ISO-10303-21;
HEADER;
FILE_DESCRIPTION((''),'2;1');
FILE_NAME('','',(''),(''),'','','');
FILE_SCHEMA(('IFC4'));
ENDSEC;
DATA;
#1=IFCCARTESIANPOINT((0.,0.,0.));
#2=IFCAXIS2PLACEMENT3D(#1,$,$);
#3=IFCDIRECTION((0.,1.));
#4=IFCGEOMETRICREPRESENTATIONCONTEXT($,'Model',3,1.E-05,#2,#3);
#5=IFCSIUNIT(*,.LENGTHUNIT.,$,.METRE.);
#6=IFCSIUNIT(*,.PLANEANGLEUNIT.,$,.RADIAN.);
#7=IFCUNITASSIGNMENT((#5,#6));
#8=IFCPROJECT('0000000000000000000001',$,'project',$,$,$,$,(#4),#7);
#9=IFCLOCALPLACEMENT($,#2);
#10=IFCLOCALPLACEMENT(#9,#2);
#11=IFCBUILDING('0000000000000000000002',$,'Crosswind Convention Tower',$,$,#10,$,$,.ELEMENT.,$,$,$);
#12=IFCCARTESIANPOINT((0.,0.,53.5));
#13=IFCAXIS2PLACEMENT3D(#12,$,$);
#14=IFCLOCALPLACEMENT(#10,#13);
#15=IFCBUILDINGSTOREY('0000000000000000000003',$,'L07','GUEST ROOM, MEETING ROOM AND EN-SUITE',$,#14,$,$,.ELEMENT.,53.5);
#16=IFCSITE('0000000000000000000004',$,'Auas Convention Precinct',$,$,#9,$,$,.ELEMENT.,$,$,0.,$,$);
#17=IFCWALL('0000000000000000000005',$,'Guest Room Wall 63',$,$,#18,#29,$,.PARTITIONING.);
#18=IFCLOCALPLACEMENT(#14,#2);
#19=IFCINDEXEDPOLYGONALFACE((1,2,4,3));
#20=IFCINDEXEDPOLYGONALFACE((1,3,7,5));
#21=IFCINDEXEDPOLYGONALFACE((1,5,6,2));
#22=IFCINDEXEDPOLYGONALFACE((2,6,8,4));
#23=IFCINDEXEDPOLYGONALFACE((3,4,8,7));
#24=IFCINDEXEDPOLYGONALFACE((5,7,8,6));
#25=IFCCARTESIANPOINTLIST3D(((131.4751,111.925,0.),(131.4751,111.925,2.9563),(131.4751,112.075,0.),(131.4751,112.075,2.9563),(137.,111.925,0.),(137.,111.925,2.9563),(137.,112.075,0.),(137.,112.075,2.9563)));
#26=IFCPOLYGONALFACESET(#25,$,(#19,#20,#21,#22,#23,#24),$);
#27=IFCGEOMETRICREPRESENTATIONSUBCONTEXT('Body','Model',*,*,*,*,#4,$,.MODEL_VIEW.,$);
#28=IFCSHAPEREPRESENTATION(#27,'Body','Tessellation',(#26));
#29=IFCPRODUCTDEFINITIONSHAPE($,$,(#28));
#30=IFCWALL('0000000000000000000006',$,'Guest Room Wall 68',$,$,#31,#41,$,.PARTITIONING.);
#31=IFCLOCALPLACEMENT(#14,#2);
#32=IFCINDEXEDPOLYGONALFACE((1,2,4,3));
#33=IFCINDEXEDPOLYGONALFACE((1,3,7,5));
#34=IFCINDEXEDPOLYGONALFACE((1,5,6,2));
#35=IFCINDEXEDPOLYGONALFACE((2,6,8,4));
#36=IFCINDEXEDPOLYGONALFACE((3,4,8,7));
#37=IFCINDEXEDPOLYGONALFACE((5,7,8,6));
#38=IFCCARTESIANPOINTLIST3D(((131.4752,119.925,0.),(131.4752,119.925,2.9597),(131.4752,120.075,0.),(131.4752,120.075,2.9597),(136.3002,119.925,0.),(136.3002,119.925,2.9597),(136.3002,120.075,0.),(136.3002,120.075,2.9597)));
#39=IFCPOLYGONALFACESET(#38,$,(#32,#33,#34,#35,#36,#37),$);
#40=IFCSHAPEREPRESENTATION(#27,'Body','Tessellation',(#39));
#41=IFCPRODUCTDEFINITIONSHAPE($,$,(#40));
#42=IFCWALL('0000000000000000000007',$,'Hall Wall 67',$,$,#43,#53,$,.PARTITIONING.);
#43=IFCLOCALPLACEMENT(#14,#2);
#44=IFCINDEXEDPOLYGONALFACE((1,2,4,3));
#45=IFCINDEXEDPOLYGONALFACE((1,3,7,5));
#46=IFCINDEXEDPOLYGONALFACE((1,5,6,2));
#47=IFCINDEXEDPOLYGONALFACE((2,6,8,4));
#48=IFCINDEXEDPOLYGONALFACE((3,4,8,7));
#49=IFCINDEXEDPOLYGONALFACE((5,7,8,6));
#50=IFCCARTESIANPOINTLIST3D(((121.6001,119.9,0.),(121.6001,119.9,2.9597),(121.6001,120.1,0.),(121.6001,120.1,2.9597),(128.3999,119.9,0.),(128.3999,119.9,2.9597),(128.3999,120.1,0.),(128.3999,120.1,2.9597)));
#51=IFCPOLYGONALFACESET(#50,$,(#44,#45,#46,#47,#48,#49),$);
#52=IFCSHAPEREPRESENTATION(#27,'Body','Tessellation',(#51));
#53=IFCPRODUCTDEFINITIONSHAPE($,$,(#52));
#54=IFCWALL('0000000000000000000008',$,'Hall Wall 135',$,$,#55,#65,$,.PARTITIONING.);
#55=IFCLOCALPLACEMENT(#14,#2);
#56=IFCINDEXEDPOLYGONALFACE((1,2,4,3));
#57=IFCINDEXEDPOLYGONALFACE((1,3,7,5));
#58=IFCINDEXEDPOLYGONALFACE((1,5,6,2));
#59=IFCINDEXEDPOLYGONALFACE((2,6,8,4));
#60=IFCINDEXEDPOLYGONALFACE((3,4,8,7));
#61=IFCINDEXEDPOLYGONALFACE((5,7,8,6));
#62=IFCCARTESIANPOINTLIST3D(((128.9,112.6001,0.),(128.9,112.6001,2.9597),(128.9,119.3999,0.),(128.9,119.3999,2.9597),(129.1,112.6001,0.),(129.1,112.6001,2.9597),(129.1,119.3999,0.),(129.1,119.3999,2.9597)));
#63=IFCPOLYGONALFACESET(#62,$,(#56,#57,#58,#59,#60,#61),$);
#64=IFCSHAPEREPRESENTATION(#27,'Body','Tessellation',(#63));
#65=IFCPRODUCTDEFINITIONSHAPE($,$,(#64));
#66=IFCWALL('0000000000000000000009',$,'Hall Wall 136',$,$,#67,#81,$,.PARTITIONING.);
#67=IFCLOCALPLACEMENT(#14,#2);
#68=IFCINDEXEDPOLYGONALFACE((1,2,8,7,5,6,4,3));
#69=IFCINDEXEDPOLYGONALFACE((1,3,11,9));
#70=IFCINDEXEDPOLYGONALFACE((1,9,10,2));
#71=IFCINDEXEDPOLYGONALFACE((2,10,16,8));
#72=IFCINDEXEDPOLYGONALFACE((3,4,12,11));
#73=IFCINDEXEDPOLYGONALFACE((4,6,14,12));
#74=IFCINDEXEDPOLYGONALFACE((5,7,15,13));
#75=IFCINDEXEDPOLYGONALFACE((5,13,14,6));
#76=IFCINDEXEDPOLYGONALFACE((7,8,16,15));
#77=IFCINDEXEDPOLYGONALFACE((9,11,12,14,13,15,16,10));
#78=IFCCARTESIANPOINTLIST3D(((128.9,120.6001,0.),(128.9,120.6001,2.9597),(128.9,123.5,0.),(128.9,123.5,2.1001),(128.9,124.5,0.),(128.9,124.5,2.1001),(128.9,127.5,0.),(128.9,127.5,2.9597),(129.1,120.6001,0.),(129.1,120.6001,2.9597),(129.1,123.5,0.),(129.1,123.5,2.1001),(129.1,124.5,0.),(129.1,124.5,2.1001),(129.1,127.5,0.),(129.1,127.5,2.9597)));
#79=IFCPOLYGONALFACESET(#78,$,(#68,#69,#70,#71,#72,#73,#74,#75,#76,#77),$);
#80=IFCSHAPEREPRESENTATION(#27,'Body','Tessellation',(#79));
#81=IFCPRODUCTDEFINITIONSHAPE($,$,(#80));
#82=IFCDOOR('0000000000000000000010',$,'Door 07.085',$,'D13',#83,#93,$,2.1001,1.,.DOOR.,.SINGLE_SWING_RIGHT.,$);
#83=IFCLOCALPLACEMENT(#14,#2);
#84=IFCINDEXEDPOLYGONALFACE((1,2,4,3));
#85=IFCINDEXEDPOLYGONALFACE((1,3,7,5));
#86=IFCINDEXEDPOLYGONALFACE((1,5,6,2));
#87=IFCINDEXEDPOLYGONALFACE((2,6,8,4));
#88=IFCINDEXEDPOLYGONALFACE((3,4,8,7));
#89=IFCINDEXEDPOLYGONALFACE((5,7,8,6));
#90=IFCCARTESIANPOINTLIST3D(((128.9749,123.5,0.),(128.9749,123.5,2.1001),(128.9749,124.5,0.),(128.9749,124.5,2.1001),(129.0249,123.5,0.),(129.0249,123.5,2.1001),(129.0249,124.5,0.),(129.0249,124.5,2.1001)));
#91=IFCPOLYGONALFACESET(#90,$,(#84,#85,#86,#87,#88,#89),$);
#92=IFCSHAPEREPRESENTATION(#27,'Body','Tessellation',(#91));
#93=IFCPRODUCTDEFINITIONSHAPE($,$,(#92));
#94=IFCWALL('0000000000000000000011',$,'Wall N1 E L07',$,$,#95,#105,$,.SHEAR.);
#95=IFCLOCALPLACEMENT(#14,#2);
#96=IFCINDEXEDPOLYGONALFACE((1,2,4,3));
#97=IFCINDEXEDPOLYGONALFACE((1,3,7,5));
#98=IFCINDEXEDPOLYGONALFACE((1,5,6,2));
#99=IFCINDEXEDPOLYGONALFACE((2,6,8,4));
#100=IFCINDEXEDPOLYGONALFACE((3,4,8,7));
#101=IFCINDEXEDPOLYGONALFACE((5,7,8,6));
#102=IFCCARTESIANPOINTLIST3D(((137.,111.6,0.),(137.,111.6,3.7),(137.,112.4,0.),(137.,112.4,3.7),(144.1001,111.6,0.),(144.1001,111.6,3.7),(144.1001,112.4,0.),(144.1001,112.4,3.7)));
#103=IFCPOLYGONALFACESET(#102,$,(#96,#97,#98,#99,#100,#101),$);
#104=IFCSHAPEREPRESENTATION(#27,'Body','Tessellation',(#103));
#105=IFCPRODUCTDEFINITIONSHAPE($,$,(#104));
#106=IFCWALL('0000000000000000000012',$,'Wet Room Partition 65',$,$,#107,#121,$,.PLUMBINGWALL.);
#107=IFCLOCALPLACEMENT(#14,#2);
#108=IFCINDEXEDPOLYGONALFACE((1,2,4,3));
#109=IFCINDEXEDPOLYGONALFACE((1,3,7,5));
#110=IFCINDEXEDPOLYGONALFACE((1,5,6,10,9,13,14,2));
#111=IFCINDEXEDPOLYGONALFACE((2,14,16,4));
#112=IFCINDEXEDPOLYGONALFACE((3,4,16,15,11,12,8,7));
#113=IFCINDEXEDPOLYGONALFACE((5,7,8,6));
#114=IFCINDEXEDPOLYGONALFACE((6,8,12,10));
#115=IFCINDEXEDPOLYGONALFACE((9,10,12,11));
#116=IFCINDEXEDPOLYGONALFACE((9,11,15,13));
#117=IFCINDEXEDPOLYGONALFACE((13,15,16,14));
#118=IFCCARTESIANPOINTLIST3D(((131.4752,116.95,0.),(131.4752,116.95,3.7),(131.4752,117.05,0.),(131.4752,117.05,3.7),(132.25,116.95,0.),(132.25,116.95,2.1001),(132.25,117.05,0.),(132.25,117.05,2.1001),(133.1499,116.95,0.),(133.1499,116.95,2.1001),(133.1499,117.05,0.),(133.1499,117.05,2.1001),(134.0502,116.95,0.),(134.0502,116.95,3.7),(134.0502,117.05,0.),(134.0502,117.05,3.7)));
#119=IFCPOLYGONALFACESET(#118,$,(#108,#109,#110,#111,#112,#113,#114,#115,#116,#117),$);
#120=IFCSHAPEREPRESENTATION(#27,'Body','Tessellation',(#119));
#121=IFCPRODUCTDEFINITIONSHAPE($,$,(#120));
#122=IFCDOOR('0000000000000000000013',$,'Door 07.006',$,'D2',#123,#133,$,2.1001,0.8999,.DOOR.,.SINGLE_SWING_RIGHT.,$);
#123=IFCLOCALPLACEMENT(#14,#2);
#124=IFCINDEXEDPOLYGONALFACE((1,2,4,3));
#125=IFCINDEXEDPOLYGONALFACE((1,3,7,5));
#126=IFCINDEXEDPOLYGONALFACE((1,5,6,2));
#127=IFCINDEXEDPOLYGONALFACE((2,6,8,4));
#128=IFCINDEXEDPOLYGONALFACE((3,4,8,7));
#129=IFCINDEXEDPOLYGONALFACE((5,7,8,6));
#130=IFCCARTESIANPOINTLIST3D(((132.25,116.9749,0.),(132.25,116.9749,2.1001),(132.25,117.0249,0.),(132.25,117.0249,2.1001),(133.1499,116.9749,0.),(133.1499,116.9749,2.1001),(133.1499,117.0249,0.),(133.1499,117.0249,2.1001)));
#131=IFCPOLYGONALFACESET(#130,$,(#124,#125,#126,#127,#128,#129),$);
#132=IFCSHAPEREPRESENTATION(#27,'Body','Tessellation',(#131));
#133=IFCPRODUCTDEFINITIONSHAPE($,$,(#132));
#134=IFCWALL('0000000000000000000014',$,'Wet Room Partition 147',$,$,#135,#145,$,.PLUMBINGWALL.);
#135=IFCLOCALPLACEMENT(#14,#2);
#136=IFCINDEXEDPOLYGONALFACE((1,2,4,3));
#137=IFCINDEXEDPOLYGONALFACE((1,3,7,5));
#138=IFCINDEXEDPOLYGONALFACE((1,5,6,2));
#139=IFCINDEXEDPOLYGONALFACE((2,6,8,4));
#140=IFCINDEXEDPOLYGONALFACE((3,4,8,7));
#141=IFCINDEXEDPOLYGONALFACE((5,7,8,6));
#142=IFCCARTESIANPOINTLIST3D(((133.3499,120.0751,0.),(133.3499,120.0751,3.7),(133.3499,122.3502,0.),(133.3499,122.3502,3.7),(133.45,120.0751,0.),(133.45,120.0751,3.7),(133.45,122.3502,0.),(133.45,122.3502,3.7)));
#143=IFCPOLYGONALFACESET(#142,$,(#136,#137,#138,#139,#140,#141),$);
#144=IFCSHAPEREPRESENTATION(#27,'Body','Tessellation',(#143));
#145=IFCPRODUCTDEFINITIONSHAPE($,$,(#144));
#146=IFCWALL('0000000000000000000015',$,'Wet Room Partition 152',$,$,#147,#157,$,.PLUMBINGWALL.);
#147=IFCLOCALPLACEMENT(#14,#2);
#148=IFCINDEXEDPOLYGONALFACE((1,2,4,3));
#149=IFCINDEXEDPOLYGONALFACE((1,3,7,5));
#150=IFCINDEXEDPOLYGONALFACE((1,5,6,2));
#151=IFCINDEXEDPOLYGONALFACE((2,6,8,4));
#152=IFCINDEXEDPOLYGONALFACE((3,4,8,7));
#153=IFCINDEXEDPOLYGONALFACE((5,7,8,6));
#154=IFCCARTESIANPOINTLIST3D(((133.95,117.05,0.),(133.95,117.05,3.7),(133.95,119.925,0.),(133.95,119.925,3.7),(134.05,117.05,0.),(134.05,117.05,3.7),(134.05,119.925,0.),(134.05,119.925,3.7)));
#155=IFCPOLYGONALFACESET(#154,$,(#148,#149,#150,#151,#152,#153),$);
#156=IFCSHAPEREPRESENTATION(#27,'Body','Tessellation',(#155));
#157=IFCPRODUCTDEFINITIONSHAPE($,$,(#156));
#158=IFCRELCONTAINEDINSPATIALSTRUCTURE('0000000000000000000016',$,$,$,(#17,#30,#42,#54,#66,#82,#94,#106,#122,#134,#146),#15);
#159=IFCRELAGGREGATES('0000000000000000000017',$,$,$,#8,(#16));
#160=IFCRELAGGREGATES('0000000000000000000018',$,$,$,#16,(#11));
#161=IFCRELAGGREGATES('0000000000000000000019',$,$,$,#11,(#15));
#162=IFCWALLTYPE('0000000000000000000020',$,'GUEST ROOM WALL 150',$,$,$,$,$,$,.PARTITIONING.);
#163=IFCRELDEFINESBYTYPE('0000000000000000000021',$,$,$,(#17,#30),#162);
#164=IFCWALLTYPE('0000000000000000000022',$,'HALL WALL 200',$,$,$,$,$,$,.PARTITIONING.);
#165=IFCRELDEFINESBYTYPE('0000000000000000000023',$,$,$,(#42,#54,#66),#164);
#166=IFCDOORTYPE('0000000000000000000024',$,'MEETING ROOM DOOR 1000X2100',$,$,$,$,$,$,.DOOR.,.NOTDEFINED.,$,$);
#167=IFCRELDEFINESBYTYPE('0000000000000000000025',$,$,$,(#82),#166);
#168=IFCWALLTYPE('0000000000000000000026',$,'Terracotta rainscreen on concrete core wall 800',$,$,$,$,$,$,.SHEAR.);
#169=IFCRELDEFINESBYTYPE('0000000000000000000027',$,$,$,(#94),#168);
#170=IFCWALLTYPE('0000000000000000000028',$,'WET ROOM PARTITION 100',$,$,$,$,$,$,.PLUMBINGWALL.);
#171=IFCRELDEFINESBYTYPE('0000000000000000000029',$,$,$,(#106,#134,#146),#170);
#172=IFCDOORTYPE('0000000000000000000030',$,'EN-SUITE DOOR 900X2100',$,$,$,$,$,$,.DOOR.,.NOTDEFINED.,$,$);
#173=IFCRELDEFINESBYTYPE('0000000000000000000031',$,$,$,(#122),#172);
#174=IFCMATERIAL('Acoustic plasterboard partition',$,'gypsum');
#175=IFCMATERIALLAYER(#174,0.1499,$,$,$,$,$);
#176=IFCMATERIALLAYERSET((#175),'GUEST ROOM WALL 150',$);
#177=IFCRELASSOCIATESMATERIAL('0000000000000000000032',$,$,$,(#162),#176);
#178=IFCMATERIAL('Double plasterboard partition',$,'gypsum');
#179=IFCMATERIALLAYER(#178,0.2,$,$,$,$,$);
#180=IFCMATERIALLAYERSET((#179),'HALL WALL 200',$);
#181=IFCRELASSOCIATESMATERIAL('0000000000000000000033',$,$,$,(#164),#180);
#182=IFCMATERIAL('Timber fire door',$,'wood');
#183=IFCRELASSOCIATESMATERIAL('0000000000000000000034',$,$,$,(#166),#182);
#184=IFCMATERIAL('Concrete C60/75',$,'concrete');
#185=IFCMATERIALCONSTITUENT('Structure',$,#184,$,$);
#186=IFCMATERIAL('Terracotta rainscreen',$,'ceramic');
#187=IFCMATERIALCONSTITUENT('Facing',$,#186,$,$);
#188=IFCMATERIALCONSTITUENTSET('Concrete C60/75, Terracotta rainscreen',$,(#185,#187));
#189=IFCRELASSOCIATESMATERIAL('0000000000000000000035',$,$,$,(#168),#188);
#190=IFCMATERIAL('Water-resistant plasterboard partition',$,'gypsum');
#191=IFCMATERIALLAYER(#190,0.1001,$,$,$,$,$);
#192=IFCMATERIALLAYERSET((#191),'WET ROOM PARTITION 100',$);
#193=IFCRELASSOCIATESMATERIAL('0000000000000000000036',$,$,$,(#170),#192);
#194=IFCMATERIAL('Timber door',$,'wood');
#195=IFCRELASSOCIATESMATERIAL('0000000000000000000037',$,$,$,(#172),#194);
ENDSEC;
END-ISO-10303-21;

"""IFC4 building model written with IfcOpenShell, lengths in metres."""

from ifc_helpers import new_model, si_unit, direction, frame, frame_2d, origin, place, context, subcontext, project, spatial, rectangle, extrude, material, layer, layer_set, constituent, constituent_set, type_object, element, fill, save


model = new_model("IFC4")

# Units and contexts
model_context = context("Model", 3, precision=1e-05, world=origin(), true_north=direction((0.0, 1.0)))
body_context = subcontext(model_context, "Body", "Model", "MODEL_VIEW")
ifc_project = project(units=[si_unit("LENGTHUNIT", "METRE"), si_unit("PLANEANGLEUNIT", "RADIAN")], contexts=[model_context])

# Site, building, storey
site_placement = place(None, origin())
site = spatial("IfcSite", under=ifc_project, at=site_placement, Name="Auas Convention Precinct", CompositionType="ELEMENT", RefElevation=0.0)
building_placement = place(site_placement, origin())
building = spatial("IfcBuilding", under=site, at=building_placement, Name="Crosswind Convention Tower", CompositionType="ELEMENT")
storey_placement = place(building_placement, frame((0.0, 0.0, 53.5)))
storey = spatial("IfcBuildingStorey", under=building, at=storey_placement, Name="L07", Description="GUEST ROOM, MEETING ROOM AND EN-SUITE", CompositionType="ELEMENT", Elevation=53.5)

# Walls
ifc_material_1 = material(Name="Acoustic plasterboard partition", Category="gypsum")
ifc_layer_1 = layer(ifc_material_1, 0.1499)
ifc_layer_set_1 = layer_set([ifc_layer_1], Name="GUEST ROOM WALL 150")
wall_type_1 = type_object("IfcWallType", Name="GUEST ROOM WALL 150", PredefinedType="PARTITIONING", material=ifc_layer_set_1)
wall_1_placement = place(storey_placement, frame((131.4751, 112.0, 0.0), z_axis=(0.0, 0.0, 1.0), x_axis=(1.0, 0.0, 0.0)))
element("IfcWall", 1, at=wall_1_placement, inside=storey, type_object=wall_type_1, Name="Guest Room Wall 63", PredefinedType="PARTITIONING", context=body_context, shape_type="SweptSolid", body=[
    extrude(rectangle(XDim=5.5249, YDim=0.1499, at=frame_2d((2.7625, 0.0))), origin(), (0.0, 0.0, 1.0), 2.9563),
])
wall_2_placement = place(storey_placement, frame((131.4751, 120.0, 0.0), z_axis=(0.0, 0.0, 1.0), x_axis=(1.0, 0.0, 0.0)))
element("IfcWall", 2, at=wall_2_placement, inside=storey, type_object=wall_type_1, Name="Guest Room Wall 68", PredefinedType="PARTITIONING", context=body_context, shape_type="SweptSolid", body=[
    extrude(rectangle(XDim=4.825, YDim=0.1499, at=frame_2d((2.4126, 0.0))), origin(), (0.0, 0.0, 1.0), 2.9597),
])
ifc_material_2 = material(Name="Double plasterboard partition", Category="gypsum")
ifc_layer_2 = layer(ifc_material_2, 0.2)
ifc_layer_set_2 = layer_set([ifc_layer_2], Name="HALL WALL 200")
wall_type_2 = type_object("IfcWallType", Name="HALL WALL 200", PredefinedType="PARTITIONING", material=ifc_layer_set_2)
for number, where, z_axis, x_axis, name in (
    (3, (121.6001, 120.0, 0.0), (0.0, 0.0, 1.0), (1.0, 0.0, 0.0), "Hall Wall 67"),
    (4, (129.0, 112.6001, 0.0), (0.0, 0.0, 1.0), (0.0, 1.0, 0.0), "Hall Wall 135"),
):
    element("IfcWall", number, at=place(storey_placement, frame(where, z_axis=z_axis, x_axis=x_axis)), inside=storey, type_object=wall_type_2, Name=name, PredefinedType="PARTITIONING", context=body_context, shape_type="SweptSolid", body=[
        extrude(rectangle(XDim=6.7998, YDim=0.2, at=frame_2d((3.3999, 0.0))), origin(), (0.0, 0.0, 1.0), 2.9597),
    ])

# Wall, opening, door
wall_3_placement = place(storey_placement, frame((129.0, 120.6001, 0.0), z_axis=(0.0, 0.0, 1.0), x_axis=(0.0, 1.0, 0.0)))
wall_3 = element("IfcWall", 5, at=wall_3_placement, inside=storey, type_object=wall_type_2, Name="Hall Wall 136", PredefinedType="PARTITIONING", context=body_context, shape_type="SweptSolid", body=[
    extrude(rectangle(XDim=6.8999, YDim=0.2, at=frame_2d((3.45, 0.0))), origin(), (0.0, 0.0, 1.0), 2.9597),
])
opening_1_placement = place(wall_3_placement, frame((2.8999, 0.0, 0.0)))
opening_1 = element("IfcOpeningElement", 6, at=opening_1_placement, cuts=wall_3, PredefinedType="OPENING", context=body_context, shape_type="SweptSolid", body=[
    extrude(rectangle(XDim=1.0, YDim=2.1001, at=frame_2d((0.5, 1.05))), frame((0.0, 0.1099, 0.0), z_axis=(0.0, -1.0, 0.0), x_axis=(1.0, 0.0, 0.0)), (0.0, 0.0, 1.0), 0.22),
])
ifc_material_3 = material(Name="Timber fire door", Category="wood")
door_type_1 = type_object("IfcDoorType", Name="MEETING ROOM DOOR 1000X2100", OperationType="NOTDEFINED", PredefinedType="DOOR", material=ifc_material_3)
door_1_placement = place(opening_1_placement, frame((1.0, 0.0, 0.0), z_axis=(0.0, 0.0, 1.0), x_axis=(-1.0, 0.0, 0.0)))
door_1 = element("IfcDoor", 7, at=door_1_placement, inside=storey, type_object=door_type_1, Name="Door 07.085", ObjectType="D13", OperationType="SINGLE_SWING_RIGHT", OverallHeight=2.1001, OverallWidth=1.0, PredefinedType="DOOR", context=body_context, shape_type="SweptSolid", body=[
    extrude(rectangle(XDim=1.0, YDim=2.1001, at=frame_2d((0.5, 1.05))), frame((0.0, 0.0249, 0.0), z_axis=(0.0, -1.0, 0.0), x_axis=(1.0, 0.0, 0.0)), (0.0, 0.0, 1.0), 0.05),
])
fill(opening_1, door_1)

# Wall
ifc_material_4 = material(Name="Concrete C60/75", Category="concrete")
ifc_constituent_1 = constituent(ifc_material_4, Name="Structure")
ifc_material_5 = material(Name="Terracotta rainscreen", Category="ceramic")
ifc_constituent_2 = constituent(ifc_material_5, Name="Facing")
ifc_constituent_set = constituent_set(constituents=[ifc_constituent_1, ifc_constituent_2], Name="Concrete C60/75, Terracotta rainscreen")
wall_type_3 = type_object("IfcWallType", Name="Terracotta rainscreen on concrete core wall 800", PredefinedType="SHEAR", material=ifc_constituent_set)
wall_4_placement = place(storey_placement, frame((137.0, 112.0, 0.0), z_axis=(0.0, 0.0, 1.0), x_axis=(1.0, 0.0, 0.0)))
element("IfcWall", 8, at=wall_4_placement, inside=storey, type_object=wall_type_3, Name="Wall N1 E L07", PredefinedType="SHEAR", context=body_context, shape_type="SweptSolid", body=[
    extrude(rectangle(XDim=7.1001, YDim=0.8, at=frame_2d((3.55, 0.0))), origin(), (0.0, 0.0, 1.0), 3.7),
])

# Wall, opening, door
ifc_material_6 = material(Name="Water-resistant plasterboard partition", Category="gypsum")
ifc_layer_3 = layer(ifc_material_6, 0.1001)
ifc_layer_set_3 = layer_set([ifc_layer_3], Name="WET ROOM PARTITION 100")
wall_type_4 = type_object("IfcWallType", Name="WET ROOM PARTITION 100", PredefinedType="PLUMBINGWALL", material=ifc_layer_set_3)
wall_5_placement = place(storey_placement, frame((131.4751, 117.0, 0.0), z_axis=(0.0, 0.0, 1.0), x_axis=(1.0, 0.0, 0.0)))
wall_5 = element("IfcWall", 9, at=wall_5_placement, inside=storey, type_object=wall_type_4, Name="Wet Room Partition 65", PredefinedType="PLUMBINGWALL", context=body_context, shape_type="SweptSolid", body=[
    extrude(rectangle(XDim=2.575, YDim=0.1001, at=frame_2d((1.2876, 0.0))), origin(), (0.0, 0.0, 1.0), 3.7),
])
opening_2_placement = place(wall_5_placement, frame((0.7749, 0.0, 0.0)))
opening_2 = element("IfcOpeningElement", 10, at=opening_2_placement, cuts=wall_5, PredefinedType="OPENING", context=body_context, shape_type="SweptSolid", body=[
    extrude(rectangle(XDim=0.8999, YDim=2.1001, at=frame_2d((0.45, 1.05))), frame((0.0, 0.0601, 0.0), z_axis=(0.0, -1.0, 0.0), x_axis=(1.0, 0.0, 0.0)), (0.0, 0.0, 1.0), 0.1201),
])
ifc_material_7 = material(Name="Timber door", Category="wood")
door_type_2 = type_object("IfcDoorType", Name="EN-SUITE DOOR 900X2100", OperationType="NOTDEFINED", PredefinedType="DOOR", material=ifc_material_7)
door_2_placement = place(opening_2_placement, origin())
door_2 = element("IfcDoor", 11, at=door_2_placement, inside=storey, type_object=door_type_2, Name="Door 07.006", ObjectType="D2", OperationType="SINGLE_SWING_RIGHT", OverallHeight=2.1001, OverallWidth=0.8999, PredefinedType="DOOR", context=body_context, shape_type="SweptSolid", body=[
    extrude(rectangle(XDim=0.8999, YDim=2.1001, at=frame_2d((0.45, 1.05))), frame((0.0, 0.0249, 0.0), z_axis=(0.0, -1.0, 0.0), x_axis=(1.0, 0.0, 0.0)), (0.0, 0.0, 1.0), 0.05),
])
fill(opening_2, door_2)

# Walls
wall_6_placement = place(storey_placement, frame((133.3999, 120.075, 0.0), z_axis=(0.0, 0.0, 1.0), x_axis=(0.0, 1.0, 0.0)))
element("IfcWall", 12, at=wall_6_placement, inside=storey, type_object=wall_type_4, Name="Wet Room Partition 147", PredefinedType="PLUMBINGWALL", context=body_context, shape_type="SweptSolid", body=[
    extrude(rectangle(XDim=2.2751, YDim=0.1001, at=frame_2d((1.1377, 0.0))), origin(), (0.0, 0.0, 1.0), 3.7),
])
wall_7_placement = place(storey_placement, frame((134.0, 117.05, 0.0), z_axis=(0.0, 0.0, 1.0), x_axis=(0.0, 1.0, 0.0)))
element("IfcWall", 13, at=wall_7_placement, inside=storey, type_object=wall_type_4, Name="Wet Room Partition 152", PredefinedType="PLUMBINGWALL", context=body_context, shape_type="SweptSolid", body=[
    extrude(rectangle(XDim=2.875, YDim=0.1001, at=frame_2d((1.4375, 0.0))), origin(), (0.0, 0.0, 1.0), 3.7),
])

save(model, "model.ifc")
